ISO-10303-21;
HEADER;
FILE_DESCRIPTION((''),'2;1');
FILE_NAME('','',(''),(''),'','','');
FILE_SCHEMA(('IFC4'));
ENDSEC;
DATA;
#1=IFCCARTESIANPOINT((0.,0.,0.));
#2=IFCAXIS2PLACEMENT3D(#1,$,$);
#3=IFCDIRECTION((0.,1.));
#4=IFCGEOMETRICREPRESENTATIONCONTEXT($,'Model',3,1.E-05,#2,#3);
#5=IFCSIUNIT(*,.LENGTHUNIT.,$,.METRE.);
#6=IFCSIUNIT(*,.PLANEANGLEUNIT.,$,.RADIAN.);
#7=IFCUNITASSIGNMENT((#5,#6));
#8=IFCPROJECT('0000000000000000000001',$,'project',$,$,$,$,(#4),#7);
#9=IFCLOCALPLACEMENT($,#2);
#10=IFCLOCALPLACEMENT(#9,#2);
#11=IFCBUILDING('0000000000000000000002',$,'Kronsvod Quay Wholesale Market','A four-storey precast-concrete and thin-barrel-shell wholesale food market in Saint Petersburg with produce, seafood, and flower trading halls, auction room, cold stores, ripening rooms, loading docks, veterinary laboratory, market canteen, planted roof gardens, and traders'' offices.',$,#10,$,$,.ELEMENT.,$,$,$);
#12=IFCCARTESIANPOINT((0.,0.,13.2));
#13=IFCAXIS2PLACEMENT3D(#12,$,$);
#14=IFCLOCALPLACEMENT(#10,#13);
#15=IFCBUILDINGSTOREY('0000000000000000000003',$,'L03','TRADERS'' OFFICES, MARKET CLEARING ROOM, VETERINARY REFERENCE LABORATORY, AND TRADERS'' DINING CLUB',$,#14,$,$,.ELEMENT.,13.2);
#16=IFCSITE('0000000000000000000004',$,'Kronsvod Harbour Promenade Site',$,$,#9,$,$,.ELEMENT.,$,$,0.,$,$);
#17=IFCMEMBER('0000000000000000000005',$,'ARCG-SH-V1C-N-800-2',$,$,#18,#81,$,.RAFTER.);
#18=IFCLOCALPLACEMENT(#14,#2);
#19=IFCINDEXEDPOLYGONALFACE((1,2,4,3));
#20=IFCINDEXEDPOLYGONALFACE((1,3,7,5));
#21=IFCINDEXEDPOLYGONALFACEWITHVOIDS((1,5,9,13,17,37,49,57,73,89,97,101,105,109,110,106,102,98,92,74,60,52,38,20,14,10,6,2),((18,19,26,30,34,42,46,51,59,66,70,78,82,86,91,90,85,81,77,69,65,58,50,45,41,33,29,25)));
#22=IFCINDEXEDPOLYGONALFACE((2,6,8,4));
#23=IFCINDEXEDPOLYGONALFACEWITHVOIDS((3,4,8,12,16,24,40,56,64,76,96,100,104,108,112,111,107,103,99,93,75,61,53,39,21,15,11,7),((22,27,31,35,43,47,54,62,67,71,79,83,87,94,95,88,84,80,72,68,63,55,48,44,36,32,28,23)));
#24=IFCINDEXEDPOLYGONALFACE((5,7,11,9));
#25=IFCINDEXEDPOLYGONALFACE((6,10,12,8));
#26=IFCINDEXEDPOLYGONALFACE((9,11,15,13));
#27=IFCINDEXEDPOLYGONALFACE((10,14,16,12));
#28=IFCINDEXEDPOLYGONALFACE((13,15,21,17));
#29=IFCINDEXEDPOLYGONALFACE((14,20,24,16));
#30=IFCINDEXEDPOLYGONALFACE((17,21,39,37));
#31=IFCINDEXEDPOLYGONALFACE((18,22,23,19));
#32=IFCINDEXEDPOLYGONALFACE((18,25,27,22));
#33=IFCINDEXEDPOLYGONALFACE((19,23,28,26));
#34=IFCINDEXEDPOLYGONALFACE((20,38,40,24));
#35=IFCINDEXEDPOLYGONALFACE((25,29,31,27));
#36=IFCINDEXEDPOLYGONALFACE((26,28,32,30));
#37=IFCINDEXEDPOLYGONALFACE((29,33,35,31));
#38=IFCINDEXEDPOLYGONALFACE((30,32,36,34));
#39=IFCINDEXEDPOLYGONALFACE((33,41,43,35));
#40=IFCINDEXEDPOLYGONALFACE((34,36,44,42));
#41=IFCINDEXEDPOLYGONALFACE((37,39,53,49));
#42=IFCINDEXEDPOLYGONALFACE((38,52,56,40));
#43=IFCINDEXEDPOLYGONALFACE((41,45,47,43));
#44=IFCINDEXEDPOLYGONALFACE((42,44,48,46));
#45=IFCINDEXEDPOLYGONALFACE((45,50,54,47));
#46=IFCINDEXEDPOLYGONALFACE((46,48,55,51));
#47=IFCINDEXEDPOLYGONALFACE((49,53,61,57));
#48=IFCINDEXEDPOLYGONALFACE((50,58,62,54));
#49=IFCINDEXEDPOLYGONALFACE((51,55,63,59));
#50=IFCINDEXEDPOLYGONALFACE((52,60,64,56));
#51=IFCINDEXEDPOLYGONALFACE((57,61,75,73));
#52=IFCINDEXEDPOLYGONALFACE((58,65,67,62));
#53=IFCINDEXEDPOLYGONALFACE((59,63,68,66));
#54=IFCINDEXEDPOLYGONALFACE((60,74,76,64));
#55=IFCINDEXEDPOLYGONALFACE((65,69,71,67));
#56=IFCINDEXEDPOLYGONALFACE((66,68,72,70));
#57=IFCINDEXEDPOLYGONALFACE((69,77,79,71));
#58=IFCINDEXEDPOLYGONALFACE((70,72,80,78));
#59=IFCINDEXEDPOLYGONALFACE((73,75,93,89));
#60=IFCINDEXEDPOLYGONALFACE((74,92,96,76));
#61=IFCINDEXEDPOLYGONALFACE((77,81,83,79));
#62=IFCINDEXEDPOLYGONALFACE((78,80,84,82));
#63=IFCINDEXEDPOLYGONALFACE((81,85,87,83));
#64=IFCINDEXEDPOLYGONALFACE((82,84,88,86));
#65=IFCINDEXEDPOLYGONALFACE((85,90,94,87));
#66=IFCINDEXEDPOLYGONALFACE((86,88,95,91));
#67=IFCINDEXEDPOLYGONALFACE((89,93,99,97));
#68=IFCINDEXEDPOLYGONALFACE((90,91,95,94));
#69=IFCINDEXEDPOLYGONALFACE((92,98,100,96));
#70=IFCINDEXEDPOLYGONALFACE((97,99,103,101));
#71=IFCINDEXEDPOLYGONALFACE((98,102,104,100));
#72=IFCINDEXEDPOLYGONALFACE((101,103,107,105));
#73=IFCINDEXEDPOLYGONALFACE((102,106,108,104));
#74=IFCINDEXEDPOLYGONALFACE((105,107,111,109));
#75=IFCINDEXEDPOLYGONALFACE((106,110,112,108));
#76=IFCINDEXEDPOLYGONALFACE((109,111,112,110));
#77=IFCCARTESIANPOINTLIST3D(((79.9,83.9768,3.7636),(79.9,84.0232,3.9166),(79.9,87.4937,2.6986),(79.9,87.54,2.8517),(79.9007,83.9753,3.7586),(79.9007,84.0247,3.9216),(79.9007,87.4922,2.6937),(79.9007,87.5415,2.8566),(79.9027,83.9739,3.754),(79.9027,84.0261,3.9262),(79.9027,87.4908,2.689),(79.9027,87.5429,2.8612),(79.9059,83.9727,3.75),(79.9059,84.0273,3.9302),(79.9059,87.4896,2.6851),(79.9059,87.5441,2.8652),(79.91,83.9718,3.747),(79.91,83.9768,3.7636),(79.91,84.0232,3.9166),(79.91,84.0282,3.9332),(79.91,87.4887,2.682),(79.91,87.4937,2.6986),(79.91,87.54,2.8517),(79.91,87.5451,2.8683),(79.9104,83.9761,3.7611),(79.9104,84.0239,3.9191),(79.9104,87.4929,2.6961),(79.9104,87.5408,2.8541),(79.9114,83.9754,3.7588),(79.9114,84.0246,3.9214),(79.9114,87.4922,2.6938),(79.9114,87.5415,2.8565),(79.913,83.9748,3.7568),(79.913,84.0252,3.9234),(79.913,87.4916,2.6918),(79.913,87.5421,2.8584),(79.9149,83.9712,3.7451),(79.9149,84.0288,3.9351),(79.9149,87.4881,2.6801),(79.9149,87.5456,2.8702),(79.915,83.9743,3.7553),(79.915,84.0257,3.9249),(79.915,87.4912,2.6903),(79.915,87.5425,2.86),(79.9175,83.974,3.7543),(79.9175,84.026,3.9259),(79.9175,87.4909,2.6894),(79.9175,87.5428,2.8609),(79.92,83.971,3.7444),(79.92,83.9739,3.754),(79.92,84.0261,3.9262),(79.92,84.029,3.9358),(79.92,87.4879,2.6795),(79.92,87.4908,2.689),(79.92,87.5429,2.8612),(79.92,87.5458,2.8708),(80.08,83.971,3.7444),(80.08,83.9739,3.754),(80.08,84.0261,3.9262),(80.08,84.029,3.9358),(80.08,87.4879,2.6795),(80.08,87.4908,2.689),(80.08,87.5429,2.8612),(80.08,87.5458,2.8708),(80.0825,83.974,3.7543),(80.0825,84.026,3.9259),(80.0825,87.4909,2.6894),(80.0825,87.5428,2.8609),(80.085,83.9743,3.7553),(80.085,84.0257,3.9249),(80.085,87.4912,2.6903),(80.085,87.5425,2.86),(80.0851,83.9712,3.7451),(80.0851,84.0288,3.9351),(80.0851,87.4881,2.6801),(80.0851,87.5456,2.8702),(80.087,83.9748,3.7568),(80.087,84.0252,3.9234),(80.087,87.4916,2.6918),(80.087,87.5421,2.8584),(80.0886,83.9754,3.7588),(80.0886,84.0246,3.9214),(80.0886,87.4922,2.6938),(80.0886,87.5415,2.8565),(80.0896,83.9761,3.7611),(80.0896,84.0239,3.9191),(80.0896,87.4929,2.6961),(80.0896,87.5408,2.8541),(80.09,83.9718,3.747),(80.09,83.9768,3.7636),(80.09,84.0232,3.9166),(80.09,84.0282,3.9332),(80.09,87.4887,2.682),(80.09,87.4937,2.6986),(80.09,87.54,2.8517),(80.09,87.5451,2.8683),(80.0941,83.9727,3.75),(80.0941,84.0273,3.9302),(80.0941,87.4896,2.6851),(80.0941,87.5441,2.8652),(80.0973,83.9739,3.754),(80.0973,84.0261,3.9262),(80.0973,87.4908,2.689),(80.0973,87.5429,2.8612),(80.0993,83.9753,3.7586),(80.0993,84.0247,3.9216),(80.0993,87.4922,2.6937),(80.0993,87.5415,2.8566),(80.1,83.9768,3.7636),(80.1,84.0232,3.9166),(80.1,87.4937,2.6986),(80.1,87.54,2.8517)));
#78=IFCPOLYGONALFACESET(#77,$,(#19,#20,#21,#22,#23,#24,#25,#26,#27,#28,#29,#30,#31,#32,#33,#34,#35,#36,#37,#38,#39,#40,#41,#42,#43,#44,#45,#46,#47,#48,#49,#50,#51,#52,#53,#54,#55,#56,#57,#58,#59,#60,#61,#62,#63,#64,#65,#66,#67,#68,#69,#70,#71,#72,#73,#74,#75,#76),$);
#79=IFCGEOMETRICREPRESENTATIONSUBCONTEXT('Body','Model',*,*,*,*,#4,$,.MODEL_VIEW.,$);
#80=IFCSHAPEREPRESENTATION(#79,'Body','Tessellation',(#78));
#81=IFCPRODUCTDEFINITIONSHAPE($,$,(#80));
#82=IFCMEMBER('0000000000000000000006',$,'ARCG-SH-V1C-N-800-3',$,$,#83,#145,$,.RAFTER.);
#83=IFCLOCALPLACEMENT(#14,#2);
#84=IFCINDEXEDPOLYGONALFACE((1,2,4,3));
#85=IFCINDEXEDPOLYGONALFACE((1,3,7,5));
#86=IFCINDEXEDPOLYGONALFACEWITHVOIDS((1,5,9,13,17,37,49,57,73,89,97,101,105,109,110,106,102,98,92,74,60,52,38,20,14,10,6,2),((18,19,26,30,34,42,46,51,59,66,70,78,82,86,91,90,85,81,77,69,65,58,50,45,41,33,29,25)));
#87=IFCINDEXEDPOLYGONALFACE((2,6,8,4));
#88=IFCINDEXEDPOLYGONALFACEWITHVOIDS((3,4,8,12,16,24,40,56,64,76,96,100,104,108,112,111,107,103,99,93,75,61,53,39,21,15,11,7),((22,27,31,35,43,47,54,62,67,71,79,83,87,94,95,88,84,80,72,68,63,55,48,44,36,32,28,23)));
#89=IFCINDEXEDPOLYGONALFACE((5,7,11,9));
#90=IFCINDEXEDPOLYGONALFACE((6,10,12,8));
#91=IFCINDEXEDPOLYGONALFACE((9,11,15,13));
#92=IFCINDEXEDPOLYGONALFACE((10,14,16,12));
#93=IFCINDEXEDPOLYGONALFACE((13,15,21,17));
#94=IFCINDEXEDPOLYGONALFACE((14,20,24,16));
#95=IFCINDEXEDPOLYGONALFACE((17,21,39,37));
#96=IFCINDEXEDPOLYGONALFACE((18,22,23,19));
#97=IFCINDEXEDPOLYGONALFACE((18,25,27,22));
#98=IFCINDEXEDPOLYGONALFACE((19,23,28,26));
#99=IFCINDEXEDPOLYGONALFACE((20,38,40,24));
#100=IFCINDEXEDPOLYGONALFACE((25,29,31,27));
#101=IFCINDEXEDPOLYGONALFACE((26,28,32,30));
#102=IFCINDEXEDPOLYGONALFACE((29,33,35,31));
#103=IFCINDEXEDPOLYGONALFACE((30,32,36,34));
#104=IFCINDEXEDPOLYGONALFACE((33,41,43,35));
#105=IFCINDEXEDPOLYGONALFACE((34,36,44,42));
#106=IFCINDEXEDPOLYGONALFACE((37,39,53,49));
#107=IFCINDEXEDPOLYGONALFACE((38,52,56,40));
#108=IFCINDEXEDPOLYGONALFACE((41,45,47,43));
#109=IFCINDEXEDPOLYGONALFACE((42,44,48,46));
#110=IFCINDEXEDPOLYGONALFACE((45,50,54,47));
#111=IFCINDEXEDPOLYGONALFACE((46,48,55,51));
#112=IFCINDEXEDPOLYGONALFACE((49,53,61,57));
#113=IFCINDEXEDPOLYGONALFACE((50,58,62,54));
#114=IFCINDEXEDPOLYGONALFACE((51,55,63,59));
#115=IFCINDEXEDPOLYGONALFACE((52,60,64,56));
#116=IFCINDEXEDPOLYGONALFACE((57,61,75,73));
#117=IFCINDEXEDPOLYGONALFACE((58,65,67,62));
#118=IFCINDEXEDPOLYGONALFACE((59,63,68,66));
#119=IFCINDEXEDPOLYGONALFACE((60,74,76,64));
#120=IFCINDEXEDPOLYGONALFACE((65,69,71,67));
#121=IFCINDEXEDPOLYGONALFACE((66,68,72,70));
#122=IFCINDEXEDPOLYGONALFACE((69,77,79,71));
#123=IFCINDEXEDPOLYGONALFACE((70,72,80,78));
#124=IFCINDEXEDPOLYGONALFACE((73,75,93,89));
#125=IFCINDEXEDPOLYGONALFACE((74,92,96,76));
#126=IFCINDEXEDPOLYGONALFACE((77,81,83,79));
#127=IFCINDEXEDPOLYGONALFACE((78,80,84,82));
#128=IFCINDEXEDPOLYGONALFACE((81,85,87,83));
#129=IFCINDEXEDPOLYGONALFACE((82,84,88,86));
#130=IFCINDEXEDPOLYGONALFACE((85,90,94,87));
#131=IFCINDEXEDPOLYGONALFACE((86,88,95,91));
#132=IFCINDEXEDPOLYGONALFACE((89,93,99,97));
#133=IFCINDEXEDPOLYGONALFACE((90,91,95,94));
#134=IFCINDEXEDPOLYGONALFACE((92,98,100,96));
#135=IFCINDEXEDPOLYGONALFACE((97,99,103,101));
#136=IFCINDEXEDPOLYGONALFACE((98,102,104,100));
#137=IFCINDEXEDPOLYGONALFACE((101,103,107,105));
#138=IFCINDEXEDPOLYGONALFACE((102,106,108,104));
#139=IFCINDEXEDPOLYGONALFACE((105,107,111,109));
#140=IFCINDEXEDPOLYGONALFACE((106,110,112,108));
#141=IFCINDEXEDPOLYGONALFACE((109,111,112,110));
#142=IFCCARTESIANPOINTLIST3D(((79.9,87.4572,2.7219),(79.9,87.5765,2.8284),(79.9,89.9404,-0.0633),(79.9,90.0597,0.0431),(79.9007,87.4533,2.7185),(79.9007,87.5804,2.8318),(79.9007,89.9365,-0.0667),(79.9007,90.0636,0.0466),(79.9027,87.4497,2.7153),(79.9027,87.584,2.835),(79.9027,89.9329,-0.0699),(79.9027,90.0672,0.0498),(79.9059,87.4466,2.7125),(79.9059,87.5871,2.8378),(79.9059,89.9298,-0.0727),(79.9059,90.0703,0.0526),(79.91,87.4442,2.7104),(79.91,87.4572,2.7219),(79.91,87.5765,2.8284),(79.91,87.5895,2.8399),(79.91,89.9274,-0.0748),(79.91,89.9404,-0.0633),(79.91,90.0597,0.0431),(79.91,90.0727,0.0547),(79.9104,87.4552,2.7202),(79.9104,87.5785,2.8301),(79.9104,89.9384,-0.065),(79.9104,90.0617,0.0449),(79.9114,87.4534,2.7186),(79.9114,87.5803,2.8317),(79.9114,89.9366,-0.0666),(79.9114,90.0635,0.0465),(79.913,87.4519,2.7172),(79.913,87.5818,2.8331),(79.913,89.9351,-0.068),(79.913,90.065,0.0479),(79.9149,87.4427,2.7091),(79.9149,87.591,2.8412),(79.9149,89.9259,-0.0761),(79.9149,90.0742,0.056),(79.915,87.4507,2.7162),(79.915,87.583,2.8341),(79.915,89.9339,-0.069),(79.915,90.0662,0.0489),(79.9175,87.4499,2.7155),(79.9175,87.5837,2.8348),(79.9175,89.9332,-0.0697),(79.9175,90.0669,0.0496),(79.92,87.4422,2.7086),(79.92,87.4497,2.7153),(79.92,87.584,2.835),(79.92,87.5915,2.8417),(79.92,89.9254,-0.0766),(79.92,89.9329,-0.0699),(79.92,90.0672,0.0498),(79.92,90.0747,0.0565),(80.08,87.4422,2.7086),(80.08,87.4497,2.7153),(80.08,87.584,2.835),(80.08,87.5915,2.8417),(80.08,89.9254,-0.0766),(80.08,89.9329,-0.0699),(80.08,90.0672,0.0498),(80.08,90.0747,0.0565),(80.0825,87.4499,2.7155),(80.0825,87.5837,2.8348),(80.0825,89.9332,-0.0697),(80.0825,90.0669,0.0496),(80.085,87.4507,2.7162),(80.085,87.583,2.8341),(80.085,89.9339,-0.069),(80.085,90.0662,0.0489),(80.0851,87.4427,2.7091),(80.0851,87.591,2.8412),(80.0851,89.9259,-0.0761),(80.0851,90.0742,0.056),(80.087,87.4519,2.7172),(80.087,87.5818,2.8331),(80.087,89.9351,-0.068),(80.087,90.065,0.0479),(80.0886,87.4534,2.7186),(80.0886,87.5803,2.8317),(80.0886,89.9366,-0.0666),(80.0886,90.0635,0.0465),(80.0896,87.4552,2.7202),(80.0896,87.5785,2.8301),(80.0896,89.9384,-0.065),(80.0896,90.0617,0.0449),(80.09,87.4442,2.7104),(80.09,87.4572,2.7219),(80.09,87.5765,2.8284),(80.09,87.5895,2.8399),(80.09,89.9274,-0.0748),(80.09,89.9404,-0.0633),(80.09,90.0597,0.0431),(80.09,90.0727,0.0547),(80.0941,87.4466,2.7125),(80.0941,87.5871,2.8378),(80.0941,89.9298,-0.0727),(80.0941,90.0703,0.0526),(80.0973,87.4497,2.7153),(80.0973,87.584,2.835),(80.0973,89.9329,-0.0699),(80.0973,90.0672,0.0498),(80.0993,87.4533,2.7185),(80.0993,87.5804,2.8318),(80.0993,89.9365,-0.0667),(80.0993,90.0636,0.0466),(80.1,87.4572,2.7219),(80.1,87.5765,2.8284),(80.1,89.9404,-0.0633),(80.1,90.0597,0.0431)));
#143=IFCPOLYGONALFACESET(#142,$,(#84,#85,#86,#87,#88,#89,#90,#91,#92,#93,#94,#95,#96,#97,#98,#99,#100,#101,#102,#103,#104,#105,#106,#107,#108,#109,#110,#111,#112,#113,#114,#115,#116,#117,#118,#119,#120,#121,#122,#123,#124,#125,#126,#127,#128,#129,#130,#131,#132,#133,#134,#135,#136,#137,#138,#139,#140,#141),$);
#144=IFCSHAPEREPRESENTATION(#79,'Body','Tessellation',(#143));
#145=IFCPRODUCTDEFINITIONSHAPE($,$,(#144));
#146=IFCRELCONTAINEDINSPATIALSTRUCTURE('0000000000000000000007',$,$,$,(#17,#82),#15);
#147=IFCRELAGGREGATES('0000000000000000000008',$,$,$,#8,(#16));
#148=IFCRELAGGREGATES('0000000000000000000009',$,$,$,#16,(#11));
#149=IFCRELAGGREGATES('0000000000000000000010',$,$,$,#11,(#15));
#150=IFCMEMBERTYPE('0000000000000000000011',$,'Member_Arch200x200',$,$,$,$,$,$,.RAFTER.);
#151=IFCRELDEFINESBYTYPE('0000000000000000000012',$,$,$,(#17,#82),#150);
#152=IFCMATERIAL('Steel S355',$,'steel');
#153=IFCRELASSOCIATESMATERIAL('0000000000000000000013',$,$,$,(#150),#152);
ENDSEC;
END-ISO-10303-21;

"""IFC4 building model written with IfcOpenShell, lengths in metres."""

from ifc_helpers import new_model, si_unit, direction, frame, origin, origin_2d, place, context, subcontext, project, spatial, hollow_rectangle, extrude, material, material_profile, profile_set, type_object, element, save


model = new_model("IFC4")

# Units and contexts
model_context = context("Model", 3, precision=1e-05, world=origin(), true_north=direction((0.0, 1.0)))
body_context = subcontext(model_context, "Body", "Model", "MODEL_VIEW")
ifc_project = project(units=[si_unit("LENGTHUNIT", "METRE"), si_unit("PLANEANGLEUNIT", "RADIAN")], contexts=[model_context])

# Site, building, storey
site_placement = place(None, origin())
site = spatial("IfcSite", under=ifc_project, at=site_placement, Name="Kronsvod Harbour Promenade Site", CompositionType="ELEMENT", RefElevation=0.0)
building_placement = place(site_placement, origin())
building = spatial("IfcBuilding", under=site, at=building_placement, Name="Kronsvod Quay Wholesale Market", Description="A four-storey precast-concrete and thin-barrel-shell wholesale food market in Saint Petersburg with produce, seafood, and flower trading halls, auction room, cold stores, ripening rooms, loading docks, veterinary laboratory, market canteen, planted roof gardens, and traders' offices.", CompositionType="ELEMENT")
storey_placement = place(building_placement, frame((0.0, 0.0, 13.2)))
storey = spatial("IfcBuildingStorey", under=building, at=storey_placement, Name="L03", Description="TRADERS' OFFICES, MARKET CLEARING ROOM, VETERINARY REFERENCE LABORATORY, AND TRADERS' DINING CLUB", CompositionType="ELEMENT", Elevation=13.2)

# Members
ifc_material_1 = material(Name="Steel S355", Category="steel")
ifc_material_profile_1 = material_profile(ifc_material_1, hollow_rectangle(XDim=0.2, YDim=0.2, WallThickness=0.01, InnerFilletRadius=0.01, OuterFilletRadius=0.02, at=origin_2d()), Name="RHS200x200x10")
ifc_profile_set_1 = profile_set([ifc_material_profile_1], Name="Steel S355")
member_type_1 = type_object("IfcMemberType", Name="Member_Arch200x200", PredefinedType="RAFTER", material=ifc_profile_set_1)
for number, where, z_axis, x_axis, name in (
    (1, (80.0, 84.0, 3.8401), (0.0, 0.957083, -0.289816), (-1.0, 0.0, 0.0), "ARCG-SH-V1C-N-800-2"),
):
    element("IfcMember", number, at=place(storey_placement, frame(where, z_axis=z_axis, x_axis=x_axis)), inside=storey, type_object=member_type_1, Name=name, PredefinedType="RAFTER", context=body_context, shape_type="SweptSolid", body=[
        extrude(hollow_rectangle(XDim=0.2, YDim=0.2, WallThickness=0.01, InnerFilletRadius=0.01, OuterFilletRadius=0.02, at=origin_2d()), origin(), (0.0, 0.0, 1.0), 3.6746),
    ])
member_1_placement = place(storey_placement, frame((80.0, 87.5168, 2.7751), z_axis=(0.0, 0.66548, -0.746416), x_axis=(-1.0, 0.0, 0.0)))
element("IfcMember", 2, at=member_1_placement, inside=storey, type_object=member_type_1, Name="ARCG-SH-V1C-N-800-3", PredefinedType="RAFTER", context=body_context, shape_type="SweptSolid", body=[
    extrude(hollow_rectangle(XDim=0.2, YDim=0.2, WallThickness=0.01, InnerFilletRadius=0.01, OuterFilletRadius=0.02, at=origin_2d()), origin(), (0.0, 0.0, 1.0), 3.7314),
])

save(model, "model.ifc")
